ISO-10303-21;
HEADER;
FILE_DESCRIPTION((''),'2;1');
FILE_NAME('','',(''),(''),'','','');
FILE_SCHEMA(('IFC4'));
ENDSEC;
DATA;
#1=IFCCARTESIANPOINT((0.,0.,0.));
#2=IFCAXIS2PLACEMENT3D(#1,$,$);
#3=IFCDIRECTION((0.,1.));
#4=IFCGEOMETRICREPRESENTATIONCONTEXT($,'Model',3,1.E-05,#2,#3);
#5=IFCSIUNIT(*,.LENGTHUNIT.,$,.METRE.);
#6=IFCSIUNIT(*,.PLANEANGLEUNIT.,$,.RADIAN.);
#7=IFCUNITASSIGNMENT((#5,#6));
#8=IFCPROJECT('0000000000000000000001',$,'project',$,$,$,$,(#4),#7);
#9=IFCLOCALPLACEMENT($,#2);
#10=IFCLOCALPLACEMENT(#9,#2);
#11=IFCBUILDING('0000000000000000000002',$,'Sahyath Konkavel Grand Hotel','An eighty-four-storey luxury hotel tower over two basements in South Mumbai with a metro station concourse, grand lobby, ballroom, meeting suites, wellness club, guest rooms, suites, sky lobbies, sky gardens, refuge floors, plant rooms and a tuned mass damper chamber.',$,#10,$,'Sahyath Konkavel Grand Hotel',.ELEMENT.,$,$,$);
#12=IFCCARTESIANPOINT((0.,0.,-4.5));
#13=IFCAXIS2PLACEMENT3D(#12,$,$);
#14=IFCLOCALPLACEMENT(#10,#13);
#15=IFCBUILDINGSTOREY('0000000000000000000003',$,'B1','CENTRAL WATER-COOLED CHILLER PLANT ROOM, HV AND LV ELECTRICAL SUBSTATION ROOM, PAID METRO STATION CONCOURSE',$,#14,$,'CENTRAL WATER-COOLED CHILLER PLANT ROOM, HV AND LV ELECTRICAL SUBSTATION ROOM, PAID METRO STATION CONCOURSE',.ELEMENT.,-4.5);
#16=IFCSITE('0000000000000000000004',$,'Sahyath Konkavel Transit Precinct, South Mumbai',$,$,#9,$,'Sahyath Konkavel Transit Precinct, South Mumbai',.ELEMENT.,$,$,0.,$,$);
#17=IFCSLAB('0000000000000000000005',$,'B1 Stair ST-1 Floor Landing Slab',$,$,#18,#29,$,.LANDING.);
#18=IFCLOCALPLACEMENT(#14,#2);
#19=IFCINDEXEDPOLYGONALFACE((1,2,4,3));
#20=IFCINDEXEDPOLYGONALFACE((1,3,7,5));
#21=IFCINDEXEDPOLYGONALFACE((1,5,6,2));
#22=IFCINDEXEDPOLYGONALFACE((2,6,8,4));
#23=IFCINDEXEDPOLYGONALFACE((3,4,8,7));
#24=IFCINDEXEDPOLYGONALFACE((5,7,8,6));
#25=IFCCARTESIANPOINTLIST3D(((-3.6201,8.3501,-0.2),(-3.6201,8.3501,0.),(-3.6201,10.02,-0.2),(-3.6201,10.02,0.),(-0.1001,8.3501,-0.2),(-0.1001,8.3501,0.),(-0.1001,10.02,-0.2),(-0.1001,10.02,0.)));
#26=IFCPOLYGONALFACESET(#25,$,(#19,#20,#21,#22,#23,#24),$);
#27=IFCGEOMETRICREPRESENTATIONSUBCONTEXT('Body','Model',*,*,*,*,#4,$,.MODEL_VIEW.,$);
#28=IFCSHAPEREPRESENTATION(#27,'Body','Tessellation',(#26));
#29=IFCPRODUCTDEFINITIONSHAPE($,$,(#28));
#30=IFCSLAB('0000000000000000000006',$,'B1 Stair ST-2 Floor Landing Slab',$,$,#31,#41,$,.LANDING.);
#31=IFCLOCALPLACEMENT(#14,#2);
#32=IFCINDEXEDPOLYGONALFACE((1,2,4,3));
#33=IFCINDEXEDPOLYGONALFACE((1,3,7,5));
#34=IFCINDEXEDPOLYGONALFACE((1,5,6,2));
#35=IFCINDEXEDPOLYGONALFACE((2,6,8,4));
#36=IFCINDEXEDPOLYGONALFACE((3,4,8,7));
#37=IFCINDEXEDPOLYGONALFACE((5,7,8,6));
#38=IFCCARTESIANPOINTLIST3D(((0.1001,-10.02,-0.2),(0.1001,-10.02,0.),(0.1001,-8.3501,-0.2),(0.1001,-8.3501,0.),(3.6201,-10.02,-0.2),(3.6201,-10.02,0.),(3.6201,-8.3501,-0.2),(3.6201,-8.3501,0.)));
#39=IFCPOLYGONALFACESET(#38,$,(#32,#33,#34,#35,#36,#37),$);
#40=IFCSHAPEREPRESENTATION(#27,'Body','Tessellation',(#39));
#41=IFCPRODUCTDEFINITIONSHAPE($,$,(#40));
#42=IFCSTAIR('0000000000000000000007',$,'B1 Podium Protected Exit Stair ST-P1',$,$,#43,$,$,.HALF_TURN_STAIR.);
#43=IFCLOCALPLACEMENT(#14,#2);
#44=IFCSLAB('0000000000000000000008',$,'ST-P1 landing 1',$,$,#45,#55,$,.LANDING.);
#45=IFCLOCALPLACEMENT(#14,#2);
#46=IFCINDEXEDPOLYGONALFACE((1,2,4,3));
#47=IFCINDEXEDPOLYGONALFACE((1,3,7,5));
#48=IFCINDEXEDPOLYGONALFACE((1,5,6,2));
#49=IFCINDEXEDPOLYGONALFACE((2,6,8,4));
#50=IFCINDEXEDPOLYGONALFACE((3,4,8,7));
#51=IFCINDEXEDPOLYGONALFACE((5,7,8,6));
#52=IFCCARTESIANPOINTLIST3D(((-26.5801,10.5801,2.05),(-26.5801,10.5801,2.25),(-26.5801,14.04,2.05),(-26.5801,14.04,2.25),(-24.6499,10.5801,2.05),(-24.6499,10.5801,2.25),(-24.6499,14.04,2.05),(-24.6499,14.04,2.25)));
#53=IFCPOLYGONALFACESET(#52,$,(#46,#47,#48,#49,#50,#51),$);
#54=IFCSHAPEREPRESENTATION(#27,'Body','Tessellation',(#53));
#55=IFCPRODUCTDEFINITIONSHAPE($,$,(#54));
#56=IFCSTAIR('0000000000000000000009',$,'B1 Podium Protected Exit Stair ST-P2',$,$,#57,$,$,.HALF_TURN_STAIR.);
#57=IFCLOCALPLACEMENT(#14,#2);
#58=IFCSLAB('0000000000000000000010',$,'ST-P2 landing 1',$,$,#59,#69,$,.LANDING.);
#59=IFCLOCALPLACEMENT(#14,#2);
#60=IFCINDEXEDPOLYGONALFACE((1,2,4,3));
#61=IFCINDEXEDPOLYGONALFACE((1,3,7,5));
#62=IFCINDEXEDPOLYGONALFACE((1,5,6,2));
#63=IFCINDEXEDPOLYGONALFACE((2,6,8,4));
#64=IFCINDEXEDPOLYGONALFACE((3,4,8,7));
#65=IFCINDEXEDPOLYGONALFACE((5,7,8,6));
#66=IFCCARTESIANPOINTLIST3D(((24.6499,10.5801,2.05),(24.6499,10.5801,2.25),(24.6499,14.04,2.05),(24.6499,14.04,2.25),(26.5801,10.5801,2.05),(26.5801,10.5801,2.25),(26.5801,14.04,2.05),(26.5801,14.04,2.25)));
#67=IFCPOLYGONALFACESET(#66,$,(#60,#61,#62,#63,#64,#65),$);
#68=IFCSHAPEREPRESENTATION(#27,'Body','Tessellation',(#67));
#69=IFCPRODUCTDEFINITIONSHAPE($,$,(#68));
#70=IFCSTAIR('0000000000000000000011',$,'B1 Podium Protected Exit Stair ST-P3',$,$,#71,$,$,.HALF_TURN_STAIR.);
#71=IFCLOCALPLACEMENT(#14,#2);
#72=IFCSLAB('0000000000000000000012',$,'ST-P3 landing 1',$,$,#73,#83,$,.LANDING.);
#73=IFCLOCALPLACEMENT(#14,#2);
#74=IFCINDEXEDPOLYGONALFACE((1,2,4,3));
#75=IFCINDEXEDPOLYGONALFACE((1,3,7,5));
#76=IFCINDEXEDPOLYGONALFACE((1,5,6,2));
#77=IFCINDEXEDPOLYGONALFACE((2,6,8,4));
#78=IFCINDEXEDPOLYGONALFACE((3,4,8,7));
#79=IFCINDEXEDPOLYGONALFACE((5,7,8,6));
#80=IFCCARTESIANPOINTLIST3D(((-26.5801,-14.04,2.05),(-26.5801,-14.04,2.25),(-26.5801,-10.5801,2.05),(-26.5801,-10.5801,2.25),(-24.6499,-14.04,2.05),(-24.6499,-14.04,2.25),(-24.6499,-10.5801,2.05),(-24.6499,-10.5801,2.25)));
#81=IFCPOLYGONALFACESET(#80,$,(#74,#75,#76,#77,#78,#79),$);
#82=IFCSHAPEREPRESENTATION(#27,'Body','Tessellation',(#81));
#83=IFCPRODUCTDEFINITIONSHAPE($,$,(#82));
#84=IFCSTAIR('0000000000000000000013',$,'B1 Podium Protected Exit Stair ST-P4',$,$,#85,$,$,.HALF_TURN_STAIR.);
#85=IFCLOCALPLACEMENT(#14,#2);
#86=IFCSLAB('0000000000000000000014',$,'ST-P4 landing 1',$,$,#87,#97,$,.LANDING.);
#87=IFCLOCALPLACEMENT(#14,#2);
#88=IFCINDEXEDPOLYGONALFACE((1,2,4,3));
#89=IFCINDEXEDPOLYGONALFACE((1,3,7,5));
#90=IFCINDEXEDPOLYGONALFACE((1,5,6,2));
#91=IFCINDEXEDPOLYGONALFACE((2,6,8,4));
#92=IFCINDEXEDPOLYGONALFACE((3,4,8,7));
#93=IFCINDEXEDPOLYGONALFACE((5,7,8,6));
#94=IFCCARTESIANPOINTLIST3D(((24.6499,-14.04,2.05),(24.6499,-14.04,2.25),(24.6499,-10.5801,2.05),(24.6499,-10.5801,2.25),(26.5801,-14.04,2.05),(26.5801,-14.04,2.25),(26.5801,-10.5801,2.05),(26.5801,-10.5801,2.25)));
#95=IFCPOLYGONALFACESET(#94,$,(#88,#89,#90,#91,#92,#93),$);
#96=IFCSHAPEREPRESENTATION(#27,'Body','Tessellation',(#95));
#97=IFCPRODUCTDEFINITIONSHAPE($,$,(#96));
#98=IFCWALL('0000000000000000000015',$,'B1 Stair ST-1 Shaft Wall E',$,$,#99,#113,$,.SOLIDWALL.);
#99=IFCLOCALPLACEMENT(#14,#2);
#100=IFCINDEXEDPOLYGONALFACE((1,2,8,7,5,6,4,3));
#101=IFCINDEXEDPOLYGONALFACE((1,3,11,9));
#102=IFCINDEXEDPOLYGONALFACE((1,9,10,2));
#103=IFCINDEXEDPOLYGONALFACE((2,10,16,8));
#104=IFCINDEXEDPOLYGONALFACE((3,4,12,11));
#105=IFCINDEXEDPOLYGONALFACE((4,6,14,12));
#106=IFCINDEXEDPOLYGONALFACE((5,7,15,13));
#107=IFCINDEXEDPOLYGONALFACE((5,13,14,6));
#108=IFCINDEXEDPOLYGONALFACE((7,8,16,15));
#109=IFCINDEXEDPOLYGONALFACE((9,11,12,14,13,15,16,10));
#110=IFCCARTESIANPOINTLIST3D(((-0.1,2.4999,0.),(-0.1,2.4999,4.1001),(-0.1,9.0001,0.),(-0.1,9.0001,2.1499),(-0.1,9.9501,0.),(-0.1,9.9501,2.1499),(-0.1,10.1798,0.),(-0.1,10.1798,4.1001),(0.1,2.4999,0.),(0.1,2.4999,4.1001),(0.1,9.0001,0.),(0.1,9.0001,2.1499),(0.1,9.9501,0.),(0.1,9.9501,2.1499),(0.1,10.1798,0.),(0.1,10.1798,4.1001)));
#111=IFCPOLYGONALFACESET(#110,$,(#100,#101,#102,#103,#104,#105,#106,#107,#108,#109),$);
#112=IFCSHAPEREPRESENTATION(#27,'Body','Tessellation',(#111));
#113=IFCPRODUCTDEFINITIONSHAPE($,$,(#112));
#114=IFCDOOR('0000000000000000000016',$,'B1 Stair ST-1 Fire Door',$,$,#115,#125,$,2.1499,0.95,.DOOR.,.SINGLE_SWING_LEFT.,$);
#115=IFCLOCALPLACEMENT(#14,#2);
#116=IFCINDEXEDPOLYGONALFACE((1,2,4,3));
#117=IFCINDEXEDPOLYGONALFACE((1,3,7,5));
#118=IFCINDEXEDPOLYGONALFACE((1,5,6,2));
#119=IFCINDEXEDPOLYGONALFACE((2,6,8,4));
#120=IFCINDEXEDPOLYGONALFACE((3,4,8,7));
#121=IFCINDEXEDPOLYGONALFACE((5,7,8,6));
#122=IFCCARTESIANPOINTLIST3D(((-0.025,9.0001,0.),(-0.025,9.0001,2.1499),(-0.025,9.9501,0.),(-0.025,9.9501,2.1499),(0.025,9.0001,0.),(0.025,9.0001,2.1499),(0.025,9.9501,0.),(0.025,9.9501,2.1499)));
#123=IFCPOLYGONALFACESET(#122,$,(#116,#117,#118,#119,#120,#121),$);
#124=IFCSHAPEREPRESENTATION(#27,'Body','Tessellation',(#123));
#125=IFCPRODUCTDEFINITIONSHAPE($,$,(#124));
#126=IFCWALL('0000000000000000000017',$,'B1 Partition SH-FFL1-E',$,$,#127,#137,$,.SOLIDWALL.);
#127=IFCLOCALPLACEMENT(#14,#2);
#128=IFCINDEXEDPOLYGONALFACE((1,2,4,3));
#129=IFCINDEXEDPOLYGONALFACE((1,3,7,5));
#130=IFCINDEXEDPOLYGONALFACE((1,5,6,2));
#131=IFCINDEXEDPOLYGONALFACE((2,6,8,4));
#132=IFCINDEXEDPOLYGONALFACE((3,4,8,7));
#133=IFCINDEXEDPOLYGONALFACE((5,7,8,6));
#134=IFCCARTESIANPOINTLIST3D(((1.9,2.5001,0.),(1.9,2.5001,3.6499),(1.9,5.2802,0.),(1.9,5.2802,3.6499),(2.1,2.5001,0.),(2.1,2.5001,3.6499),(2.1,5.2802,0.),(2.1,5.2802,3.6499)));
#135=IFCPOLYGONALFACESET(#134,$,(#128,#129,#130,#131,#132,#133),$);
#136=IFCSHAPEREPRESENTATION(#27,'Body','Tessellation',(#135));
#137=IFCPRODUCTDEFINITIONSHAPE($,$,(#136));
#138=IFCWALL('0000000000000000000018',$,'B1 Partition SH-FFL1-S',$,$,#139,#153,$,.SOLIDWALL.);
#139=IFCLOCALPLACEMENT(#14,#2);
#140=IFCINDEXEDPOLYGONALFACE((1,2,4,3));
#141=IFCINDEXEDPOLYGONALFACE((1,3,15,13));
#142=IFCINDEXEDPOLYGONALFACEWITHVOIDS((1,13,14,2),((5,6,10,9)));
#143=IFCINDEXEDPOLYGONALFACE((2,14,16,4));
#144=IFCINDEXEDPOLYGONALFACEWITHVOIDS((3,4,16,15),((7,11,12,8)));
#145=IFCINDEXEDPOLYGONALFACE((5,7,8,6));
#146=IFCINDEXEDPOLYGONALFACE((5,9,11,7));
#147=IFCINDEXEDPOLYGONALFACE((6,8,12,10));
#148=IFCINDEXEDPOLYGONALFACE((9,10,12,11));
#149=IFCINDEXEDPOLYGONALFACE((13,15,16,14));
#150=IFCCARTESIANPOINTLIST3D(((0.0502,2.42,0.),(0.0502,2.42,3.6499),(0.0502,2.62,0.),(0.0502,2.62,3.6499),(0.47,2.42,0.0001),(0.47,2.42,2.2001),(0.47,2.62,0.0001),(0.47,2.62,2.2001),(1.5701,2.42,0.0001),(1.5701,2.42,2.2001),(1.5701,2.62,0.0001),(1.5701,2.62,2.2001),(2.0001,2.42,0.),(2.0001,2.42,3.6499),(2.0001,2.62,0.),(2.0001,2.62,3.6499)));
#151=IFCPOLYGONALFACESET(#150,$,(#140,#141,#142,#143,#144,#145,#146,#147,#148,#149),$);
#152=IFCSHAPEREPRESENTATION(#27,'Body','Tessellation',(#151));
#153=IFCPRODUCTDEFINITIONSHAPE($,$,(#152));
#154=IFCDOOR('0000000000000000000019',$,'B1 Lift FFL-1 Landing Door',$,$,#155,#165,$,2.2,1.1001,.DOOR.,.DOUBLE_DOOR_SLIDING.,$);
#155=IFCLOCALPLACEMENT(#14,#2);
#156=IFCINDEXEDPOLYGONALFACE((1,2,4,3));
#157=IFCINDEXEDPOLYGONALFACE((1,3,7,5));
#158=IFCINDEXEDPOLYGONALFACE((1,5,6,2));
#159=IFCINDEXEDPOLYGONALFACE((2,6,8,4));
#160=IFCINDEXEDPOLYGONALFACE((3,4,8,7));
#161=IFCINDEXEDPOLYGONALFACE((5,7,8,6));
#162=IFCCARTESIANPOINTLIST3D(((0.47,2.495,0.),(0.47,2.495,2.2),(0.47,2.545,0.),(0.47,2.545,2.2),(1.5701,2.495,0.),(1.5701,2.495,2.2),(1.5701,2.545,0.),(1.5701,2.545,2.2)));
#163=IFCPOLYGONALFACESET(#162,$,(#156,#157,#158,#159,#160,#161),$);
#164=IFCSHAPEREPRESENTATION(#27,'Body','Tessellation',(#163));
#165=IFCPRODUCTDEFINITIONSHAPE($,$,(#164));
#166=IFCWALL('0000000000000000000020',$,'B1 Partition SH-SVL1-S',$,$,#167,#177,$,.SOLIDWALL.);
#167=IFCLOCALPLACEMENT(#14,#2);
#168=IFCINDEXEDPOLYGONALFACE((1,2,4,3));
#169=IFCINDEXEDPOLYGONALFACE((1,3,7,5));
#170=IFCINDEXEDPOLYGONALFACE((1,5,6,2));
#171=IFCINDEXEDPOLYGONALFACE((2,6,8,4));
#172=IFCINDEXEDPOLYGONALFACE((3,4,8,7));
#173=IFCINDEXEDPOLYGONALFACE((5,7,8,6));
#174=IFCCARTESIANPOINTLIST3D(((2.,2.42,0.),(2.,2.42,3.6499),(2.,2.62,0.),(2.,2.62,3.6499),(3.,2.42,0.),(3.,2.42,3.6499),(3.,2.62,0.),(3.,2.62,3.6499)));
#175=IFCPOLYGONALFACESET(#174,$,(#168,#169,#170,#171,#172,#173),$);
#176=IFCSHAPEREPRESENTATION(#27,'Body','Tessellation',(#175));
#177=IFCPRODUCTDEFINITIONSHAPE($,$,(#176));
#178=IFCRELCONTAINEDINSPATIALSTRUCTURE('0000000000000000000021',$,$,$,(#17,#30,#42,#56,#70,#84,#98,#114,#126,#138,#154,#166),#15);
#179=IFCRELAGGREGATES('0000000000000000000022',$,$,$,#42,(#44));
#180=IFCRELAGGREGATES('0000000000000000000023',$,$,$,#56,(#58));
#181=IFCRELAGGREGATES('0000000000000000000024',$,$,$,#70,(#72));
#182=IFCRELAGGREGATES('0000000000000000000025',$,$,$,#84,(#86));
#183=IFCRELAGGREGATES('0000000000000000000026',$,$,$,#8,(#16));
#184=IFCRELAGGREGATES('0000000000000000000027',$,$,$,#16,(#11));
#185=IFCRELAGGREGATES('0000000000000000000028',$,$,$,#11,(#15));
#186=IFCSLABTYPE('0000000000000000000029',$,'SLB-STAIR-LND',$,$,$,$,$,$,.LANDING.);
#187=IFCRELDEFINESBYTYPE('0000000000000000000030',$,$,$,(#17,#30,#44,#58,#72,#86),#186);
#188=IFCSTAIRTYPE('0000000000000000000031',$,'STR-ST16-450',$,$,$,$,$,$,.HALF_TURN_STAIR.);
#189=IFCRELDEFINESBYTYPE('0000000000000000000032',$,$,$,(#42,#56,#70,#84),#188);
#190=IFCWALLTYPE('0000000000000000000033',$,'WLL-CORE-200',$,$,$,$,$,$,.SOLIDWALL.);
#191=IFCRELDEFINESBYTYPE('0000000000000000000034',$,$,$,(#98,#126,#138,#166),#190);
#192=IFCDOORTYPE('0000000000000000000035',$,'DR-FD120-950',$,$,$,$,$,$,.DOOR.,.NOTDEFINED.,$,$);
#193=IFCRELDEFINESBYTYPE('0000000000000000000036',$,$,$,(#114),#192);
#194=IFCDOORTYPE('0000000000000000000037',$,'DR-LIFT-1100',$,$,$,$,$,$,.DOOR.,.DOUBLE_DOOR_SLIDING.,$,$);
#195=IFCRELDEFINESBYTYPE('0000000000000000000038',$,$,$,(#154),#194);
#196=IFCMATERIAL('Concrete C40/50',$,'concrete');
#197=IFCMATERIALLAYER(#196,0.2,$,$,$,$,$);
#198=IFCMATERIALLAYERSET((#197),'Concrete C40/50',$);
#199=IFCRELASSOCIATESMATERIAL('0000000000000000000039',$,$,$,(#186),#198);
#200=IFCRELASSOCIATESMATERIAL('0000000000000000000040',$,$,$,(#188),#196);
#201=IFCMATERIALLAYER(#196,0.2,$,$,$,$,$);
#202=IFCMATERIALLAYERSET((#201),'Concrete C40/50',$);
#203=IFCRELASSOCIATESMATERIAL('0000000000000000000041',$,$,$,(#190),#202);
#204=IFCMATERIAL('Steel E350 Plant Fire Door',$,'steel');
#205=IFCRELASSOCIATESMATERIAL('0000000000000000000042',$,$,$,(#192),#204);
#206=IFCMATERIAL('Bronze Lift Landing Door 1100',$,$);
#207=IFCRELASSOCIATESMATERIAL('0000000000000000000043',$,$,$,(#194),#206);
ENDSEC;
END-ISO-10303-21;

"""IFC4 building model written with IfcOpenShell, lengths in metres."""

from ifc_helpers import new_model, si_unit, direction, frame, frame_2d, origin, origin_2d, place, context, subcontext, project, spatial, polyline, rectangle, outline, extrude, source, transform, mapped, material, layer, layer_set, type_object, element, fill, aggregate, save


model = new_model("IFC4")

# Units and contexts
model_context = context("Model", 3, precision=1e-05, world=origin(), true_north=direction((0.0, 1.0)))
body_context = subcontext(model_context, "Body", "Model", "MODEL_VIEW")
ifc_project = project(units=[si_unit("LENGTHUNIT", "METRE"), si_unit("PLANEANGLEUNIT", "RADIAN")], contexts=[model_context])

# Site, building, storey
site_placement = place(None, origin())
site = spatial("IfcSite", under=ifc_project, at=site_placement, Name="Sahyath Konkavel Transit Precinct, South Mumbai", LongName="Sahyath Konkavel Transit Precinct, South Mumbai", CompositionType="ELEMENT", RefElevation=0.0)
building_placement = place(site_placement, origin())
building = spatial("IfcBuilding", under=site, at=building_placement, Name="Sahyath Konkavel Grand Hotel", Description="An eighty-four-storey luxury hotel tower over two basements in South Mumbai with a metro station concourse, grand lobby, ballroom, meeting suites, wellness club, guest rooms, suites, sky lobbies, sky gardens, refuge floors, plant rooms and a tuned mass damper chamber.", LongName="Sahyath Konkavel Grand Hotel", CompositionType="ELEMENT")
storey_placement = place(building_placement, frame((0.0, 0.0, -4.5)))
storey = spatial("IfcBuildingStorey", under=building, at=storey_placement, Name="B1", Description="CENTRAL WATER-COOLED CHILLER PLANT ROOM, HV AND LV ELECTRICAL SUBSTATION ROOM, PAID METRO STATION CONCOURSE", LongName="CENTRAL WATER-COOLED CHILLER PLANT ROOM, HV AND LV ELECTRICAL SUBSTATION ROOM, PAID METRO STATION CONCOURSE", CompositionType="ELEMENT", Elevation=-4.5)

# Slabs
ifc_material_1 = material(Name="Concrete C40/50", Category="concrete")
ifc_layer_1 = layer(ifc_material_1, 0.2)
ifc_layer_set_1 = layer_set([ifc_layer_1], Name="Concrete C40/50")
slab_type = type_object("IfcSlabType", Name="SLB-STAIR-LND", PredefinedType="LANDING", material=ifc_layer_set_1)
slab_1_placement = place(storey_placement, frame((0.0, 0.0, -0.2)))
element("IfcSlab", 1, at=slab_1_placement, inside=storey, type_object=slab_type, Name="B1 Stair ST-1 Floor Landing Slab", PredefinedType="LANDING", context=body_context, shape_type="SweptSolid", body=[
    extrude(outline(polyline([(-3.6201, 8.3501), (-0.1001, 8.3501), (-0.1001, 10.02), (-3.6201, 10.02), (-3.6201, 8.3501)])), origin(), (0.0, 0.0, 1.0), 0.2),
])
slab_2_placement = place(storey_placement, frame((0.0, 0.0, -0.2)))
element("IfcSlab", 2, at=slab_2_placement, inside=storey, type_object=slab_type, Name="B1 Stair ST-2 Floor Landing Slab", PredefinedType="LANDING", context=body_context, shape_type="SweptSolid", body=[
    extrude(outline(polyline([(0.1001, -10.02), (3.6201, -10.02), (3.6201, -8.3501), (0.1001, -8.3501), (0.1001, -10.02)])), origin(), (0.0, 0.0, 1.0), 0.2),
])

# Stairs, slabs
stair_type = type_object("IfcStairType", Name="STR-ST16-450", PredefinedType="HALF_TURN_STAIR", material=ifc_material_1)
stair_1_placement = place(storey_placement, origin())
stair_1 = element("IfcStair", 3, at=stair_1_placement, inside=storey, type_object=stair_type, Name="B1 Podium Protected Exit Stair ST-P1", PredefinedType="HALF_TURN_STAIR")
slab_3_placement = place(storey_placement, frame((0.0, 0.0, 2.05)))
slab_3 = element("IfcSlab", 4, at=slab_3_placement, type_object=slab_type, Name="ST-P1 landing 1", PredefinedType="LANDING", context=body_context, shape_type="SweptSolid", body=[
    extrude(outline(polyline([(-24.6499, 14.04), (-26.5801, 14.04), (-26.5801, 10.5801), (-24.6499, 10.5801), (-24.6499, 14.04)])), origin(), (0.0, 0.0, 1.0), 0.2),
])
aggregate(stair_1, [slab_3])
stair_2_placement = place(storey_placement, origin())
stair_2 = element("IfcStair", 5, at=stair_2_placement, inside=storey, type_object=stair_type, Name="B1 Podium Protected Exit Stair ST-P2", PredefinedType="HALF_TURN_STAIR")
slab_4_placement = place(storey_placement, frame((0.0, 0.0, 2.05)))
slab_4 = element("IfcSlab", 6, at=slab_4_placement, type_object=slab_type, Name="ST-P2 landing 1", PredefinedType="LANDING", context=body_context, shape_type="SweptSolid", body=[
    extrude(outline(polyline([(24.6499, 10.5801), (26.5801, 10.5801), (26.5801, 14.04), (24.6499, 14.04), (24.6499, 10.5801)])), origin(), (0.0, 0.0, 1.0), 0.2),
])
aggregate(stair_2, [slab_4])
stair_3_placement = place(storey_placement, origin())
stair_3 = element("IfcStair", 7, at=stair_3_placement, inside=storey, type_object=stair_type, Name="B1 Podium Protected Exit Stair ST-P3", PredefinedType="HALF_TURN_STAIR")
slab_5_placement = place(storey_placement, frame((0.0, 0.0, 2.05)))
slab_5 = element("IfcSlab", 8, at=slab_5_placement, type_object=slab_type, Name="ST-P3 landing 1", PredefinedType="LANDING", context=body_context, shape_type="SweptSolid", body=[
    extrude(outline(polyline([(-24.6499, -10.5801), (-26.5801, -10.5801), (-26.5801, -14.04), (-24.6499, -14.04), (-24.6499, -10.5801)])), origin(), (0.0, 0.0, 1.0), 0.2),
])
aggregate(stair_3, [slab_5])
stair_4_placement = place(storey_placement, origin())
stair_4 = element("IfcStair", 9, at=stair_4_placement, inside=storey, type_object=stair_type, Name="B1 Podium Protected Exit Stair ST-P4", PredefinedType="HALF_TURN_STAIR")
slab_6_placement = place(storey_placement, frame((0.0, 0.0, 2.05)))
slab_6 = element("IfcSlab", 10, at=slab_6_placement, type_object=slab_type, Name="ST-P4 landing 1", PredefinedType="LANDING", context=body_context, shape_type="SweptSolid", body=[
    extrude(outline(polyline([(24.6499, -14.04), (26.5801, -14.04), (26.5801, -10.5801), (24.6499, -10.5801), (24.6499, -14.04)])), origin(), (0.0, 0.0, 1.0), 0.2),
])
aggregate(stair_4, [slab_6])

# Wall, opening, door
ifc_layer_2 = layer(ifc_material_1, 0.2)
ifc_layer_set_2 = layer_set([ifc_layer_2], Name="Concrete C40/50")
wall_type = type_object("IfcWallType", Name="WLL-CORE-200", PredefinedType="SOLIDWALL", material=ifc_layer_set_2)
wall_1_placement = place(storey_placement, frame((0.0, 2.5, 0.0), z_axis=(0.0, 0.0, 1.0), x_axis=(0.0, 1.0, 0.0)))
wall_1 = element("IfcWall", 11, at=wall_1_placement, inside=storey, type_object=wall_type, Name="B1 Stair ST-1 Shaft Wall E", PredefinedType="SOLIDWALL", context=body_context, shape_type="SweptSolid", body=[
    extrude(rectangle(XDim=7.6799, YDim=0.2, at=frame_2d((3.8398, 0.0))), origin(), (0.0, 0.0, 1.0), 4.1001),
])
opening_1_placement = place(wall_1_placement, frame((6.5, 0.0, 0.0)))
opening_1 = element("IfcOpeningElement", 12, at=opening_1_placement, cuts=wall_1, PredefinedType="OPENING", context=body_context, shape_type="SweptSolid", body=[
    extrude(rectangle(XDim=0.95, YDim=2.1499, at=frame_2d((0.4751, 1.075))), frame((0.0, 0.1099, 0.0), z_axis=(0.0, -1.0, 0.0), x_axis=(1.0, 0.0, 0.0)), (0.0, 0.0, 1.0), 0.22),
])
ifc_material_2 = material(Name="Steel E350 Plant Fire Door", Category="steel")
door_type_1 = type_object("IfcDoorType", Name="DR-FD120-950", OperationType="NOTDEFINED", PredefinedType="DOOR", material=ifc_material_2)
shared_shape_1 = source(origin(), body_context, "Body", "SweptSolid", [
    extrude(rectangle(XDim=0.95, YDim=0.05, at=origin_2d()), origin(), (0.0, 0.0, 1.0), 2.1499),
])
door_1_placement = place(opening_1_placement, frame((0.4751, 0.0, 0.0)))
door_1 = element("IfcDoor", 13, at=door_1_placement, inside=storey, type_object=door_type_1, Name="B1 Stair ST-1 Fire Door", OperationType="SINGLE_SWING_LEFT", OverallHeight=2.1499, OverallWidth=0.95, PredefinedType="DOOR", context=body_context, shape_type="MappedRepresentation", body=[
    mapped(shared_shape_1, transform((0.0, 0.0, 0.0), scale=1.0)),
])
fill(opening_1, door_1)

# Wall
wall_2_placement = place(storey_placement, frame((2.0, 2.5, 0.0), z_axis=(0.0, 0.0, 1.0), x_axis=(0.0, 1.0, 0.0)))
element("IfcWall", 14, at=wall_2_placement, inside=storey, type_object=wall_type, Name="B1 Partition SH-FFL1-E", PredefinedType="SOLIDWALL", context=body_context, shape_type="SweptSolid", body=[
    extrude(rectangle(XDim=2.78, YDim=0.2, at=frame_2d((1.3901, 0.0))), origin(), (0.0, 0.0, 1.0), 3.6499),
])

# Wall, opening, door
wall_3_placement = place(storey_placement, frame((0.05, 2.52, 0.0), z_axis=(0.0, 0.0, 1.0), x_axis=(1.0, 0.0, 0.0)))
wall_3 = element("IfcWall", 15, at=wall_3_placement, inside=storey, type_object=wall_type, Name="B1 Partition SH-FFL1-S", PredefinedType="SOLIDWALL", context=body_context, shape_type="SweptSolid", body=[
    extrude(rectangle(XDim=1.95, YDim=0.2, at=frame_2d((0.9751, 0.0))), origin(), (0.0, 0.0, 1.0), 3.6499),
])
opening_2_placement = place(wall_3_placement, frame((0.4199, 0.0, 0.0)))
opening_2 = element("IfcOpeningElement", 16, at=opening_2_placement, cuts=wall_3, PredefinedType="OPENING", context=body_context, shape_type="SweptSolid", body=[
    extrude(rectangle(XDim=1.1001, YDim=2.2, at=frame_2d((0.55, 1.1001))), frame((0.0, 0.1099, 0.0), z_axis=(0.0, -1.0, 0.0), x_axis=(1.0, 0.0, 0.0)), (0.0, 0.0, 1.0), 0.22),
])
ifc_material_3 = material(Name="Bronze Lift Landing Door 1100")
door_type_2 = type_object("IfcDoorType", Name="DR-LIFT-1100", OperationType="DOUBLE_DOOR_SLIDING", PredefinedType="DOOR", material=ifc_material_3)
shared_shape_2 = source(origin(), body_context, "Body", "SweptSolid", [
    extrude(rectangle(XDim=1.1001, YDim=0.05, at=origin_2d()), origin(), (0.0, 0.0, 1.0), 2.2),
])
door_2_placement = place(opening_2_placement, frame((0.55, 0.0, 0.0)))
door_2 = element("IfcDoor", 17, at=door_2_placement, inside=storey, type_object=door_type_2, Name="B1 Lift FFL-1 Landing Door", OperationType="DOUBLE_DOOR_SLIDING", OverallHeight=2.2, OverallWidth=1.1001, PredefinedType="DOOR", context=body_context, shape_type="MappedRepresentation", body=[
    mapped(shared_shape_2, transform((0.0, 0.0, 0.0), scale=1.0)),
])
fill(opening_2, door_2)

# Wall
wall_4_placement = place(storey_placement, frame((2.0, 2.52, 0.0), z_axis=(0.0, 0.0, 1.0), x_axis=(1.0, 0.0, 0.0)))
element("IfcWall", 18, at=wall_4_placement, inside=storey, type_object=wall_type, Name="B1 Partition SH-SVL1-S", PredefinedType="SOLIDWALL", context=body_context, shape_type="SweptSolid", body=[
    extrude(rectangle(XDim=1.0, YDim=0.2, at=frame_2d((0.5, 0.0))), origin(), (0.0, 0.0, 1.0), 3.6499),
])

save(model, "model.ifc")
